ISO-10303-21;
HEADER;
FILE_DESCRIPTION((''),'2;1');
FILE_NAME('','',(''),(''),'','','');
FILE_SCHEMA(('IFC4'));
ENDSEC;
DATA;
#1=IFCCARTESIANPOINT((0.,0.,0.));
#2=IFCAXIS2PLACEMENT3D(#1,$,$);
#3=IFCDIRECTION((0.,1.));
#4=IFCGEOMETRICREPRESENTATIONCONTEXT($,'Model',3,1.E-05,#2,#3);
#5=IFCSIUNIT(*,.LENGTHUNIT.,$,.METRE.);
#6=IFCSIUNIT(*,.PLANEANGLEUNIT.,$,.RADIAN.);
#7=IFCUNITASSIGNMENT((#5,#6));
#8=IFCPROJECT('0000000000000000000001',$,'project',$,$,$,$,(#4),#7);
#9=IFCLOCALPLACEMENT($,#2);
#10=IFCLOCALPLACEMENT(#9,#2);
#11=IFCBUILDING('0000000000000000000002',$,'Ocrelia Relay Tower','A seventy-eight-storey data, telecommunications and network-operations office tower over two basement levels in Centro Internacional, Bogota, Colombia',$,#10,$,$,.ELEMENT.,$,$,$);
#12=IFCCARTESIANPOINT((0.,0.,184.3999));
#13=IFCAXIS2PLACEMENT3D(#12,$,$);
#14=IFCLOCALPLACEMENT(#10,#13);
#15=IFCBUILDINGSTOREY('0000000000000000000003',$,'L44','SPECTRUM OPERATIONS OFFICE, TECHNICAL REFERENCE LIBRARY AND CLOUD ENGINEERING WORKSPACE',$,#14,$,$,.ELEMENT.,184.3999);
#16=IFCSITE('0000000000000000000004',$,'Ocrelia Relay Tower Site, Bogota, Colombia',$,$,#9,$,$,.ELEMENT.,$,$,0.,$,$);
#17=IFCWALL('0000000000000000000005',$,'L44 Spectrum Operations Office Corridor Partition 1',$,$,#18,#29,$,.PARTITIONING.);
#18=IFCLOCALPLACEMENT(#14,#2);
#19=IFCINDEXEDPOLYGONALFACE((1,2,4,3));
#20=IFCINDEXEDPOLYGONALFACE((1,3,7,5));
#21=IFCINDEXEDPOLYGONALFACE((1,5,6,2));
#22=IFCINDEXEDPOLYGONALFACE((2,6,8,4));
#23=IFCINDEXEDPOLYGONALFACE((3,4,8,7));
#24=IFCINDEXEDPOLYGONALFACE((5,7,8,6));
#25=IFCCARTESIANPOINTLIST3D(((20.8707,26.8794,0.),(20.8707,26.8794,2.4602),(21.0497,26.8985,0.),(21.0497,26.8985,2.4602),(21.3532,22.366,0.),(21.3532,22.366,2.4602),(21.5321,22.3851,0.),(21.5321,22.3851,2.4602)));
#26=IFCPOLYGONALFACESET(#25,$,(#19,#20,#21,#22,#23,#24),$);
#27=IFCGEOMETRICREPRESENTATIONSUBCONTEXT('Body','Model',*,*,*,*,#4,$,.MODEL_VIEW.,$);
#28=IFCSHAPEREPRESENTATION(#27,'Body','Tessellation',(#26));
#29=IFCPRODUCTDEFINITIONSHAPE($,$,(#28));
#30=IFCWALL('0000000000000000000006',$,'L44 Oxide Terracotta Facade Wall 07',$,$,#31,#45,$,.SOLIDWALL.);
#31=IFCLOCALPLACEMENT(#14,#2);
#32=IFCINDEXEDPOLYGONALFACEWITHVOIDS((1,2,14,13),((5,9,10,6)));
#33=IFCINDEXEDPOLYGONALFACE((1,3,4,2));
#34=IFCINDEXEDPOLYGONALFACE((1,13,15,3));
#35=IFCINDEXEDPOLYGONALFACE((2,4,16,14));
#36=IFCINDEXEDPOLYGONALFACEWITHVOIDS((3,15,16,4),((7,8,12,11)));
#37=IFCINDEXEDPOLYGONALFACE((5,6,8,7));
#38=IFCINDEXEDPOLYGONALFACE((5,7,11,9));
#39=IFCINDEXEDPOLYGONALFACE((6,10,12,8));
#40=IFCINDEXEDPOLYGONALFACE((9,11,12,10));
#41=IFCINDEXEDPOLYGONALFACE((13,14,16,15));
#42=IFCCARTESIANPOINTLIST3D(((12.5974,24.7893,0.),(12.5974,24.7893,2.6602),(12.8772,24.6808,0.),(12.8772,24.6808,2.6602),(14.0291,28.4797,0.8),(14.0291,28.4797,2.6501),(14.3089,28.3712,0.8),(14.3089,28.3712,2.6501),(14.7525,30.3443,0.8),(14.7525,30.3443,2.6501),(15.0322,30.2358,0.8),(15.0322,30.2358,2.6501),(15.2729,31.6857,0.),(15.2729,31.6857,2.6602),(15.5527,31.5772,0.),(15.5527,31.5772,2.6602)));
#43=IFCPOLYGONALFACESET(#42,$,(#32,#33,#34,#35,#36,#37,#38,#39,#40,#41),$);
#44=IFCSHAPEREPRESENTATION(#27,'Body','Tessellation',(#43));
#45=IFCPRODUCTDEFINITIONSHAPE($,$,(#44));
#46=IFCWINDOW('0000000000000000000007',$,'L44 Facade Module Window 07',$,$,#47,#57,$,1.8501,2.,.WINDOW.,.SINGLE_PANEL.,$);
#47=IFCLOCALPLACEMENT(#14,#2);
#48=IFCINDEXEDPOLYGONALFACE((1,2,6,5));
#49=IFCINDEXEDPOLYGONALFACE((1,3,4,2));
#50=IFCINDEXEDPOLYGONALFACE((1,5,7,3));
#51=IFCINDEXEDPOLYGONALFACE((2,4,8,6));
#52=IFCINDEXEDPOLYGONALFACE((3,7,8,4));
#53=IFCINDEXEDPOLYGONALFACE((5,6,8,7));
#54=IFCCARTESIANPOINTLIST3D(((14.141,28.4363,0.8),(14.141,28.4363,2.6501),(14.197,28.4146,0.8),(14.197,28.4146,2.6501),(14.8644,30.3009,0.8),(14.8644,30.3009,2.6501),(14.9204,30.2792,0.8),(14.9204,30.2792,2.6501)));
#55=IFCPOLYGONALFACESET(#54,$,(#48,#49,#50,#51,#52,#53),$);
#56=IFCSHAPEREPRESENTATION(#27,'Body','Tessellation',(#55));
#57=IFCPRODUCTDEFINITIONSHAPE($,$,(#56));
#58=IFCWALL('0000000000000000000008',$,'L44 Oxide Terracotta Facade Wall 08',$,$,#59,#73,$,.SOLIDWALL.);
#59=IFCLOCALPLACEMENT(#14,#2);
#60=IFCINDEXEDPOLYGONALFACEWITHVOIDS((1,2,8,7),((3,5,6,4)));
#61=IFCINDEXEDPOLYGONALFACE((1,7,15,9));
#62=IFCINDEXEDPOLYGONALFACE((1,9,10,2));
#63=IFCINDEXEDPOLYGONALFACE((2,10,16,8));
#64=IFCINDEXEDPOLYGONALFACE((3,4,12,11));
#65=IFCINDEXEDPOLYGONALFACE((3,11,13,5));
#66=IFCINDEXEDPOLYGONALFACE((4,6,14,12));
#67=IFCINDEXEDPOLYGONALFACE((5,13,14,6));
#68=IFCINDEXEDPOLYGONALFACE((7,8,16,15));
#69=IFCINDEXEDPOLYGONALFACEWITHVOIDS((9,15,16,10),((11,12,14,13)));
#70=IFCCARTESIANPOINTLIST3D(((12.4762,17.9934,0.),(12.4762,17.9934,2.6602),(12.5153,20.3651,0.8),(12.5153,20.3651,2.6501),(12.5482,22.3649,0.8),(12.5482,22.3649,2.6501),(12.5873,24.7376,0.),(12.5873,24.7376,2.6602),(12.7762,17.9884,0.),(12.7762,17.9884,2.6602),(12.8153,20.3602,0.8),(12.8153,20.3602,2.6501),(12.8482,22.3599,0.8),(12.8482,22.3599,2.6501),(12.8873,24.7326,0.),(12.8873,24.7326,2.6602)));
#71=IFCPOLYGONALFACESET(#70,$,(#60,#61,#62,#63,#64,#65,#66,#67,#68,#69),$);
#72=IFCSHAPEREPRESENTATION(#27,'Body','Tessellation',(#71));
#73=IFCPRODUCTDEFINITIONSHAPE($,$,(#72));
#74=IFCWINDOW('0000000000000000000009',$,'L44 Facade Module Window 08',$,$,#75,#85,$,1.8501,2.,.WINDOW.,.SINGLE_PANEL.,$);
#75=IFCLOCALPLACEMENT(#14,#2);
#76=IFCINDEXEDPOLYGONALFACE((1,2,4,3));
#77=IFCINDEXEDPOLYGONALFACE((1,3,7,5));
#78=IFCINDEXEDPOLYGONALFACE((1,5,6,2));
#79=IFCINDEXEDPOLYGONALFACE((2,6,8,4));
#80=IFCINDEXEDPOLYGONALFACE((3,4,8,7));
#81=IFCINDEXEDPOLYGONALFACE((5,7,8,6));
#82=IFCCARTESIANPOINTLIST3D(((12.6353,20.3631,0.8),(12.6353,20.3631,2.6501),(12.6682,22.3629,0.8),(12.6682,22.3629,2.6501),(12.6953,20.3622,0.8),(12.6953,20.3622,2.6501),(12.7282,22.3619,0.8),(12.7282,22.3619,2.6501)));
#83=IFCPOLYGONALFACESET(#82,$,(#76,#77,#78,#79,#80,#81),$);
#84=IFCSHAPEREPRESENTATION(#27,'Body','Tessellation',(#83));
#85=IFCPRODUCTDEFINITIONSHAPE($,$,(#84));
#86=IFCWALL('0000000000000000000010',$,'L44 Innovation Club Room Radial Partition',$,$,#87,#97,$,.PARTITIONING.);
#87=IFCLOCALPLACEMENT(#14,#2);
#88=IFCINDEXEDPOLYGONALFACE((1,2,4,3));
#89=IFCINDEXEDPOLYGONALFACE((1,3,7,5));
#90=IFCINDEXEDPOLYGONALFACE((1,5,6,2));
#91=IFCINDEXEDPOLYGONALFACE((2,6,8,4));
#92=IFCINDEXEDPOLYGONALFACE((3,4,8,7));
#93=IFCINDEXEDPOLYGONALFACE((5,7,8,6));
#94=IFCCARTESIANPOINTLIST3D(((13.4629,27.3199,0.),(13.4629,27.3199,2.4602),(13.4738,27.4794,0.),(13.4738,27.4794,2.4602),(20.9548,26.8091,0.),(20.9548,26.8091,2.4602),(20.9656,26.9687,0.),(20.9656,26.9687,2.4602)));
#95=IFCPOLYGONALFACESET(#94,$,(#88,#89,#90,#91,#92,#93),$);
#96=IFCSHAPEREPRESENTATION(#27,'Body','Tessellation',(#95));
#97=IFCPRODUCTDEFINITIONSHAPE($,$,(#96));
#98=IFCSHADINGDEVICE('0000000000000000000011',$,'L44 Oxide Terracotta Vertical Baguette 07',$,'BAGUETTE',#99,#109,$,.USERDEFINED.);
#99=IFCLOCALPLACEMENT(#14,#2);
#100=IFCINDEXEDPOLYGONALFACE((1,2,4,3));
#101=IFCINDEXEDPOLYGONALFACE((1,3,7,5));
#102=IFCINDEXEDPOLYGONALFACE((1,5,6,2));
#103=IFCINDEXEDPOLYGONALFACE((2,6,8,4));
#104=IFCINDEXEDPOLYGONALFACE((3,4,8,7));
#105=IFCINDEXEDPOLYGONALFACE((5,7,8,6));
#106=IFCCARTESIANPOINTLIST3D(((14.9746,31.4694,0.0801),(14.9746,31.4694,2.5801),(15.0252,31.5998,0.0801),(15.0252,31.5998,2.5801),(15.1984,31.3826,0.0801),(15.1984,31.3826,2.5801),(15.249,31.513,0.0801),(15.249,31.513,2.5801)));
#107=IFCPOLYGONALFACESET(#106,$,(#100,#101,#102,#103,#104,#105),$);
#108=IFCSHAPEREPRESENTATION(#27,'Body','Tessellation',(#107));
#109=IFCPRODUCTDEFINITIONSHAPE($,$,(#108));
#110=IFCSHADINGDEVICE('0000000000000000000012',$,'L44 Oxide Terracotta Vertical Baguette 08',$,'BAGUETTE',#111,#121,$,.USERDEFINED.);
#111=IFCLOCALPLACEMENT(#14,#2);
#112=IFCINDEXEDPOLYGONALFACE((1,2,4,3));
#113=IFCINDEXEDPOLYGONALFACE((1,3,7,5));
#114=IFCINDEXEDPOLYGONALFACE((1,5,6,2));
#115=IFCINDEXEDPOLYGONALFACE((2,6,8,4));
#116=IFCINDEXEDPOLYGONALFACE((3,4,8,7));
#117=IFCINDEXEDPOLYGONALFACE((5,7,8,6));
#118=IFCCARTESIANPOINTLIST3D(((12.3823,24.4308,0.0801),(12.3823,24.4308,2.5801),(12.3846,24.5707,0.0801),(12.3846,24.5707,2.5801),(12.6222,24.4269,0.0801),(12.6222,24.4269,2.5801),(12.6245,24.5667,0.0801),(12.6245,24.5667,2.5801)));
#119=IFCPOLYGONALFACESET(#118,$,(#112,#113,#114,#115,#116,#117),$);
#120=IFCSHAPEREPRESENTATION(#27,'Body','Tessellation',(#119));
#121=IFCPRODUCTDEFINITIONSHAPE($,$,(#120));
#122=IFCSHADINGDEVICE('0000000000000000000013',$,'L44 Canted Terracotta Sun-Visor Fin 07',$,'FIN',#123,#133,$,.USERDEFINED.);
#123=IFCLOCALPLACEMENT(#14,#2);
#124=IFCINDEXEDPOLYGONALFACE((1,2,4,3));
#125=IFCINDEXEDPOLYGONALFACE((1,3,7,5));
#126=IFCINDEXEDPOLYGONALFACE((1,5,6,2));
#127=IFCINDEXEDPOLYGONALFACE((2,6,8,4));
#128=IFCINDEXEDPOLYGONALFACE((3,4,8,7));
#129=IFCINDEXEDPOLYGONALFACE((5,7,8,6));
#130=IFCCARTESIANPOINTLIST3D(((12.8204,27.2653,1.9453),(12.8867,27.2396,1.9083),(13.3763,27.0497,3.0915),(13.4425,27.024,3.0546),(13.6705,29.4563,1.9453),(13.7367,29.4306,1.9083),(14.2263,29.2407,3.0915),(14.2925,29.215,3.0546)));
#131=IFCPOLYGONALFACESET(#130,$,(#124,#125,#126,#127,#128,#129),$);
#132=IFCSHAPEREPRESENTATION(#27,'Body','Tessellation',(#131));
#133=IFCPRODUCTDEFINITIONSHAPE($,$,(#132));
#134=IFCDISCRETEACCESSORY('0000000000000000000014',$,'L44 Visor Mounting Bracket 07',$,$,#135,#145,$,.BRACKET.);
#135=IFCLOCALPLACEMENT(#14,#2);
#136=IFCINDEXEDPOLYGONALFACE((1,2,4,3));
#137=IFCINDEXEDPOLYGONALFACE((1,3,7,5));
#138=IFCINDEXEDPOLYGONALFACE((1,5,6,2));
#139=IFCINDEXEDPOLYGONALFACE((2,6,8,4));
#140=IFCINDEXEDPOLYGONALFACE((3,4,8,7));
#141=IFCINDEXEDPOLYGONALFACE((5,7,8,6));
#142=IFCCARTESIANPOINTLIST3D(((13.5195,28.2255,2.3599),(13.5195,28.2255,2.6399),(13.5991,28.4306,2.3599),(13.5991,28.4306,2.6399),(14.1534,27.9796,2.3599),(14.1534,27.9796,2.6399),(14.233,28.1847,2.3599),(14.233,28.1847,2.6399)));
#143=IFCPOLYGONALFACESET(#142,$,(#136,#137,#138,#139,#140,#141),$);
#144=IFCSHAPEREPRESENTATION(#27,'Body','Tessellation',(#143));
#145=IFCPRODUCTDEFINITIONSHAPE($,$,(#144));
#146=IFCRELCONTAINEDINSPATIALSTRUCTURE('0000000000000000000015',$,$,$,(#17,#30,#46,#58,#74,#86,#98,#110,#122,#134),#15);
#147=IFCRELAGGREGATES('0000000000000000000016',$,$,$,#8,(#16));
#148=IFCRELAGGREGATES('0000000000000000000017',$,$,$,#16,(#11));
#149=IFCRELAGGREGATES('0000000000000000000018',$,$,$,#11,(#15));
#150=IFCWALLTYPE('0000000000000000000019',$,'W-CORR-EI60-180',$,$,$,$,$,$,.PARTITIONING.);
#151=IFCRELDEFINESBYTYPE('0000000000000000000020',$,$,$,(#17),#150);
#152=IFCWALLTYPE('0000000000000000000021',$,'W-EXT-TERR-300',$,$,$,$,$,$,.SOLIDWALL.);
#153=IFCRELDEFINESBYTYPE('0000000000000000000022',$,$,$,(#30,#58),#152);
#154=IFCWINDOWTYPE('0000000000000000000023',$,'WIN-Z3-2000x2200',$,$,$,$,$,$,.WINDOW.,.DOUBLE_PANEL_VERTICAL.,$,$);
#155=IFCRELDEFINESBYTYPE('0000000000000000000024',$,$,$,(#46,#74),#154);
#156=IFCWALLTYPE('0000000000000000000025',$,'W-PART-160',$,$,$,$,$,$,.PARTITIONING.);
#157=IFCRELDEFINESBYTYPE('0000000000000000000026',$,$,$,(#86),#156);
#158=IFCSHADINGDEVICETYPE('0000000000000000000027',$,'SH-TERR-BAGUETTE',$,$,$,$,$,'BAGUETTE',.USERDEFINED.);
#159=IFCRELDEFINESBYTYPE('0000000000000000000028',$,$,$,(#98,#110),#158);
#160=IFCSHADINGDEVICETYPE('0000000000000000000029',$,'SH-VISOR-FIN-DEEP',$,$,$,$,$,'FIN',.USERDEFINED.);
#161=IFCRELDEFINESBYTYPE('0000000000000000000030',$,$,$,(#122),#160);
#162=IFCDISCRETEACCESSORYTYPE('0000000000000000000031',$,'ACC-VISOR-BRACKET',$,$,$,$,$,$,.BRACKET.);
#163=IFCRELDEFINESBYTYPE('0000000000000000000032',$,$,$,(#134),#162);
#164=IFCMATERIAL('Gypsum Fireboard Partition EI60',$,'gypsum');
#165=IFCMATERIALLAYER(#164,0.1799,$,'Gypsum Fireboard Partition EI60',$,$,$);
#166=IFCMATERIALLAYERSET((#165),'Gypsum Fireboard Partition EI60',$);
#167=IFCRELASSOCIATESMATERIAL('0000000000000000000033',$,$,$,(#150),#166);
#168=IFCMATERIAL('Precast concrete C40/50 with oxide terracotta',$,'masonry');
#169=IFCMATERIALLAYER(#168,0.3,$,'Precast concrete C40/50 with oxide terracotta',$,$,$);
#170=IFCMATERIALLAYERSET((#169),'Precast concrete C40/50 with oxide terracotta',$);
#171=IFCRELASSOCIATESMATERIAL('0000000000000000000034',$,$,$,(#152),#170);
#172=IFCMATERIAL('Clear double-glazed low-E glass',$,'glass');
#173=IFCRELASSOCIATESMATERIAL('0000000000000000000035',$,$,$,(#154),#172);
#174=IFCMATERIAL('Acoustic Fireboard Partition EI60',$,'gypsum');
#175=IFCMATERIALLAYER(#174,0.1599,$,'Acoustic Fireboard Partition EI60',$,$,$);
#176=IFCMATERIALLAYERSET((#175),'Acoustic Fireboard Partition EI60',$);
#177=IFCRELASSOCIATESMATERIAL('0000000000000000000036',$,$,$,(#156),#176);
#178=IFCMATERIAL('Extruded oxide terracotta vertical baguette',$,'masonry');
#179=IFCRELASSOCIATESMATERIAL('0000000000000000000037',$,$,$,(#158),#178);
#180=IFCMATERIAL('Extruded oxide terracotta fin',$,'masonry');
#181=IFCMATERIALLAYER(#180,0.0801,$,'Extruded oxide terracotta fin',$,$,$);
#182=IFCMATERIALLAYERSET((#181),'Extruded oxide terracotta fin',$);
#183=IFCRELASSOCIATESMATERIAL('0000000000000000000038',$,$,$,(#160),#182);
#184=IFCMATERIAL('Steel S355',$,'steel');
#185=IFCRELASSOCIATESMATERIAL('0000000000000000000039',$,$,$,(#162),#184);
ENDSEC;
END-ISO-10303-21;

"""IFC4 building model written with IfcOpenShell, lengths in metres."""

from ifc_helpers import new_model, si_unit, direction, frame, frame_2d, origin, origin_2d, place, context, subcontext, project, spatial, rectangle, extrude, material, layer, layer_set, type_object, element, fill, save


model = new_model("IFC4")

# Units and contexts
model_context = context("Model", 3, precision=1e-05, world=origin(), true_north=direction((0.0, 1.0)))
body_context = subcontext(model_context, "Body", "Model", "MODEL_VIEW")
ifc_project = project(units=[si_unit("LENGTHUNIT", "METRE"), si_unit("PLANEANGLEUNIT", "RADIAN")], contexts=[model_context])

# Site, building, storey
site_placement = place(None, origin())
site = spatial("IfcSite", under=ifc_project, at=site_placement, Name="Ocrelia Relay Tower Site, Bogota, Colombia", CompositionType="ELEMENT", RefElevation=0.0)
building_placement = place(site_placement, origin())
building = spatial("IfcBuilding", under=site, at=building_placement, Name="Ocrelia Relay Tower", Description="A seventy-eight-storey data, telecommunications and network-operations office tower over two basement levels in Centro Internacional, Bogota, Colombia", CompositionType="ELEMENT")
storey_placement = place(building_placement, frame((0.0, 0.0, 184.3999)))
storey = spatial("IfcBuildingStorey", under=building, at=storey_placement, Name="L44", Description="SPECTRUM OPERATIONS OFFICE, TECHNICAL REFERENCE LIBRARY AND CLOUD ENGINEERING WORKSPACE", CompositionType="ELEMENT", Elevation=184.3999)

# Shared definitions
ifc_material_1 = material(Name="Steel S355", Category="steel")

# Shared definitions
ifc_material_2 = material(Name="Gypsum Fireboard Partition EI60", Category="gypsum")
ifc_layer_1 = layer(ifc_material_2, 0.1799, Name="Gypsum Fireboard Partition EI60")
ifc_layer_set_1 = layer_set([ifc_layer_1], Name="Gypsum Fireboard Partition EI60")
wall_type_1 = type_object("IfcWallType", Name="W-CORR-EI60-180", PredefinedType="PARTITIONING", material=ifc_layer_set_1)

# Wall
wall_1_placement = place(storey_placement, frame((20.9602, 26.8889, 0.0), z_axis=(0.0, 0.0, 1.0), x_axis=(0.106281, -0.994336, 0.0)))
element("IfcWall", 1, at=wall_1_placement, inside=storey, type_object=wall_type_1, Name="L44 Spectrum Operations Office Corridor Partition 1", PredefinedType="PARTITIONING", context=body_context, shape_type="SweptSolid", body=[
    extrude(rectangle(XDim=4.5391, YDim=0.1799, at=frame_2d((2.2695, 0.0))), origin(), (0.0, 0.0, 1.0), 2.4602),
])

# Walls, openings, windows
ifc_material_3 = material(Name="Precast concrete C40/50 with oxide terracotta", Category="masonry")
ifc_layer_2 = layer(ifc_material_3, 0.3, Name="Precast concrete C40/50 with oxide terracotta")
ifc_layer_set_2 = layer_set([ifc_layer_2], Name="Precast concrete C40/50 with oxide terracotta")
wall_type_2 = type_object("IfcWallType", Name="W-EXT-TERR-300", PredefinedType="SOLIDWALL", material=ifc_layer_set_2)
wall_2_placement = place(storey_placement, frame((15.4128, 31.6316, 0.0), z_axis=(0.0, 0.0, 1.0), x_axis=(-0.361691, -0.932298, 0.0)))
wall_2 = element("IfcWall", 2, at=wall_2_placement, inside=storey, type_object=wall_type_2, Name="L44 Oxide Terracotta Facade Wall 07", PredefinedType="SOLIDWALL", context=body_context, shape_type="SweptSolid", body=[
    extrude(rectangle(XDim=7.3972, YDim=0.3, at=frame_2d((3.6987, 0.0))), origin(), (0.0, 0.0, 1.0), 2.6602),
])
opening_1_placement = place(wall_2_placement, frame((1.439, 0.0, 0.8)))
opening_1 = element("IfcOpeningElement", 3, at=opening_1_placement, cuts=wall_2, PredefinedType="OPENING", context=body_context, shape_type="SweptSolid", body=[
    extrude(rectangle(XDim=2.0, YDim=1.8501, at=frame_2d((1.0, 0.925))), frame((0.0, 0.1602, 0.0), z_axis=(0.0, -1.0, 0.0), x_axis=(1.0, 0.0, 0.0)), (0.0, 0.0, 1.0), 0.3201),
])
ifc_material_4 = material(Name="Clear double-glazed low-E glass", Category="glass")
window_type = type_object("IfcWindowType", Name="WIN-Z3-2000x2200", PartitioningType="DOUBLE_PANEL_VERTICAL", PredefinedType="WINDOW", material=ifc_material_4)
window_1_placement = place(opening_1_placement, origin())
window_1 = element("IfcWindow", 4, at=window_1_placement, inside=storey, type_object=window_type, Name="L44 Facade Module Window 07", OverallHeight=1.8501, OverallWidth=2.0, PartitioningType="SINGLE_PANEL", PredefinedType="WINDOW", context=body_context, shape_type="SweptSolid", body=[
    extrude(rectangle(XDim=2.0, YDim=1.8501, at=frame_2d((1.0, 0.925))), frame((0.0, 0.03, 0.0), z_axis=(0.0, -1.0, 0.0), x_axis=(1.0, 0.0, 0.0)), (0.0, 0.0, 1.0), 0.0601),
])
fill(opening_1, window_1)
wall_3_placement = place(storey_placement, frame((12.7373, 24.7351, 0.0), z_axis=(0.0, 0.0, 1.0), x_axis=(-0.016469, -0.999864, 0.0)))
wall_3 = element("IfcWall", 5, at=wall_3_placement, inside=storey, type_object=wall_type_2, Name="L44 Oxide Terracotta Facade Wall 08", PredefinedType="SOLIDWALL", context=body_context, shape_type="SweptSolid", body=[
    extrude(rectangle(XDim=6.7451, YDim=0.3, at=frame_2d((3.3726, 0.0))), origin(), (0.0, 0.0, 1.0), 2.6602),
])
opening_2_placement = place(wall_3_placement, frame((2.373, 0.0, 0.8)))
opening_2 = element("IfcOpeningElement", 6, at=opening_2_placement, cuts=wall_3, PredefinedType="OPENING", context=body_context, shape_type="SweptSolid", body=[
    extrude(rectangle(XDim=2.0, YDim=1.8501, at=frame_2d((1.0, 0.925))), frame((0.0, 0.1602, 0.0), z_axis=(0.0, -1.0, 0.0), x_axis=(1.0, 0.0, 0.0)), (0.0, 0.0, 1.0), 0.3201),
])
window_2_placement = place(opening_2_placement, origin())
window_2 = element("IfcWindow", 7, at=window_2_placement, inside=storey, type_object=window_type, Name="L44 Facade Module Window 08", OverallHeight=1.8501, OverallWidth=2.0, PartitioningType="SINGLE_PANEL", PredefinedType="WINDOW", context=body_context, shape_type="SweptSolid", body=[
    extrude(rectangle(XDim=2.0, YDim=1.8501, at=frame_2d((1.0, 0.925))), frame((0.0, 0.03, 0.0), z_axis=(0.0, -1.0, 0.0), x_axis=(1.0, 0.0, 0.0)), (0.0, 0.0, 1.0), 0.0601),
])
fill(opening_2, window_2)

# Wall
ifc_material_5 = material(Name="Acoustic Fireboard Partition EI60", Category="gypsum")
ifc_layer_3 = layer(ifc_material_5, 0.1599, Name="Acoustic Fireboard Partition EI60")
ifc_layer_set_3 = layer_set([ifc_layer_3], Name="Acoustic Fireboard Partition EI60")
wall_type_3 = type_object("IfcWallType", Name="W-PART-160", PredefinedType="PARTITIONING", material=ifc_layer_set_3)
wall_4_placement = place(storey_placement, frame((20.9602, 26.8889, 0.0), z_axis=(0.0, 0.0, 1.0), x_axis=(-0.997684, 0.068014, 0.0)))
element("IfcWall", 8, at=wall_4_placement, inside=storey, type_object=wall_type_3, Name="L44 Innovation Club Room Radial Partition", PredefinedType="PARTITIONING", context=body_context, shape_type="SweptSolid", body=[
    extrude(rectangle(XDim=7.5093, YDim=0.1599, at=frame_2d((3.7546, 0.0))), origin(), (0.0, 0.0, 1.0), 2.4602),
])

# Shading devices
ifc_material_6 = material(Name="Extruded oxide terracotta vertical baguette", Category="masonry")
shading_device_type_1 = type_object("IfcShadingDeviceType", Name="SH-TERR-BAGUETTE", ElementType="BAGUETTE", PredefinedType="USERDEFINED", material=ifc_material_6)
for number, where, z_axis, x_axis, name in (
    (9, (15.1118, 31.4912, 0.0801), (0.0, 0.0, 1.0), (-0.361701, -0.932294, 0.0), "L44 Oxide Terracotta Vertical Baguette 07"),
    (10, (12.5034, 24.4988, 0.0801), (0.0, 0.0, 1.0), (-0.016471, -0.999864, 0.0), "L44 Oxide Terracotta Vertical Baguette 08"),
):
    element("IfcShadingDevice", number, at=place(storey_placement, frame(where, z_axis=z_axis, x_axis=x_axis)), inside=storey, type_object=shading_device_type_1, Name=name, ObjectType="BAGUETTE", PredefinedType="USERDEFINED", context=body_context, shape_type="SweptSolid", body=[
        extrude(rectangle(XDim=0.1399, YDim=0.24, at=origin_2d()), origin(), (0.0, 0.0, 1.0), 2.5),
    ])
ifc_material_7 = material(Name="Extruded oxide terracotta fin", Category="masonry")
ifc_layer_4 = layer(ifc_material_7, 0.0801, Name="Extruded oxide terracotta fin")
ifc_layer_set_4 = layer_set([ifc_layer_4], Name="Extruded oxide terracotta fin")
shading_device_type_2 = type_object("IfcShadingDeviceType", Name="SH-VISOR-FIN-DEEP", ElementType="FIN", PredefinedType="USERDEFINED", material=ifc_layer_set_4)
shading_device_placement = place(storey_placement, frame((13.5896, 28.2273, 2.4814), z_axis=(-0.827105, 0.320891, 0.461439), x_axis=(-0.361701, -0.932294, 0.0)))
element("IfcShadingDevice", 11, at=shading_device_placement, inside=storey, type_object=shading_device_type_2, Name="L44 Canted Terracotta Sun-Visor Fin 07", ObjectType="FIN", PredefinedType="USERDEFINED", context=body_context, shape_type="SweptSolid", body=[
    extrude(rectangle(XDim=2.3501, YDim=1.292, at=origin_2d()), origin(), (0.0, 0.0, 1.0), 0.0801),
])

# Discrete accessory
discrete_accessory_type = type_object("IfcDiscreteAccessoryType", Name="ACC-VISOR-BRACKET", PredefinedType="BRACKET", material=ifc_material_1)
discrete_accessory_placement = place(storey_placement, frame((13.8762, 28.2051, 2.3599), z_axis=(0.0, 0.0, 1.0), x_axis=(-0.361701, -0.932294, 0.0)))
element("IfcDiscreteAccessory", 12, at=discrete_accessory_placement, inside=storey, type_object=discrete_accessory_type, Name="L44 Visor Mounting Bracket 07", PredefinedType="BRACKET", context=body_context, shape_type="SweptSolid", body=[
    extrude(rectangle(XDim=0.22, YDim=0.6799, at=origin_2d()), origin(), (0.0, 0.0, 1.0), 0.28),
])

save(model, "model.ifc")
